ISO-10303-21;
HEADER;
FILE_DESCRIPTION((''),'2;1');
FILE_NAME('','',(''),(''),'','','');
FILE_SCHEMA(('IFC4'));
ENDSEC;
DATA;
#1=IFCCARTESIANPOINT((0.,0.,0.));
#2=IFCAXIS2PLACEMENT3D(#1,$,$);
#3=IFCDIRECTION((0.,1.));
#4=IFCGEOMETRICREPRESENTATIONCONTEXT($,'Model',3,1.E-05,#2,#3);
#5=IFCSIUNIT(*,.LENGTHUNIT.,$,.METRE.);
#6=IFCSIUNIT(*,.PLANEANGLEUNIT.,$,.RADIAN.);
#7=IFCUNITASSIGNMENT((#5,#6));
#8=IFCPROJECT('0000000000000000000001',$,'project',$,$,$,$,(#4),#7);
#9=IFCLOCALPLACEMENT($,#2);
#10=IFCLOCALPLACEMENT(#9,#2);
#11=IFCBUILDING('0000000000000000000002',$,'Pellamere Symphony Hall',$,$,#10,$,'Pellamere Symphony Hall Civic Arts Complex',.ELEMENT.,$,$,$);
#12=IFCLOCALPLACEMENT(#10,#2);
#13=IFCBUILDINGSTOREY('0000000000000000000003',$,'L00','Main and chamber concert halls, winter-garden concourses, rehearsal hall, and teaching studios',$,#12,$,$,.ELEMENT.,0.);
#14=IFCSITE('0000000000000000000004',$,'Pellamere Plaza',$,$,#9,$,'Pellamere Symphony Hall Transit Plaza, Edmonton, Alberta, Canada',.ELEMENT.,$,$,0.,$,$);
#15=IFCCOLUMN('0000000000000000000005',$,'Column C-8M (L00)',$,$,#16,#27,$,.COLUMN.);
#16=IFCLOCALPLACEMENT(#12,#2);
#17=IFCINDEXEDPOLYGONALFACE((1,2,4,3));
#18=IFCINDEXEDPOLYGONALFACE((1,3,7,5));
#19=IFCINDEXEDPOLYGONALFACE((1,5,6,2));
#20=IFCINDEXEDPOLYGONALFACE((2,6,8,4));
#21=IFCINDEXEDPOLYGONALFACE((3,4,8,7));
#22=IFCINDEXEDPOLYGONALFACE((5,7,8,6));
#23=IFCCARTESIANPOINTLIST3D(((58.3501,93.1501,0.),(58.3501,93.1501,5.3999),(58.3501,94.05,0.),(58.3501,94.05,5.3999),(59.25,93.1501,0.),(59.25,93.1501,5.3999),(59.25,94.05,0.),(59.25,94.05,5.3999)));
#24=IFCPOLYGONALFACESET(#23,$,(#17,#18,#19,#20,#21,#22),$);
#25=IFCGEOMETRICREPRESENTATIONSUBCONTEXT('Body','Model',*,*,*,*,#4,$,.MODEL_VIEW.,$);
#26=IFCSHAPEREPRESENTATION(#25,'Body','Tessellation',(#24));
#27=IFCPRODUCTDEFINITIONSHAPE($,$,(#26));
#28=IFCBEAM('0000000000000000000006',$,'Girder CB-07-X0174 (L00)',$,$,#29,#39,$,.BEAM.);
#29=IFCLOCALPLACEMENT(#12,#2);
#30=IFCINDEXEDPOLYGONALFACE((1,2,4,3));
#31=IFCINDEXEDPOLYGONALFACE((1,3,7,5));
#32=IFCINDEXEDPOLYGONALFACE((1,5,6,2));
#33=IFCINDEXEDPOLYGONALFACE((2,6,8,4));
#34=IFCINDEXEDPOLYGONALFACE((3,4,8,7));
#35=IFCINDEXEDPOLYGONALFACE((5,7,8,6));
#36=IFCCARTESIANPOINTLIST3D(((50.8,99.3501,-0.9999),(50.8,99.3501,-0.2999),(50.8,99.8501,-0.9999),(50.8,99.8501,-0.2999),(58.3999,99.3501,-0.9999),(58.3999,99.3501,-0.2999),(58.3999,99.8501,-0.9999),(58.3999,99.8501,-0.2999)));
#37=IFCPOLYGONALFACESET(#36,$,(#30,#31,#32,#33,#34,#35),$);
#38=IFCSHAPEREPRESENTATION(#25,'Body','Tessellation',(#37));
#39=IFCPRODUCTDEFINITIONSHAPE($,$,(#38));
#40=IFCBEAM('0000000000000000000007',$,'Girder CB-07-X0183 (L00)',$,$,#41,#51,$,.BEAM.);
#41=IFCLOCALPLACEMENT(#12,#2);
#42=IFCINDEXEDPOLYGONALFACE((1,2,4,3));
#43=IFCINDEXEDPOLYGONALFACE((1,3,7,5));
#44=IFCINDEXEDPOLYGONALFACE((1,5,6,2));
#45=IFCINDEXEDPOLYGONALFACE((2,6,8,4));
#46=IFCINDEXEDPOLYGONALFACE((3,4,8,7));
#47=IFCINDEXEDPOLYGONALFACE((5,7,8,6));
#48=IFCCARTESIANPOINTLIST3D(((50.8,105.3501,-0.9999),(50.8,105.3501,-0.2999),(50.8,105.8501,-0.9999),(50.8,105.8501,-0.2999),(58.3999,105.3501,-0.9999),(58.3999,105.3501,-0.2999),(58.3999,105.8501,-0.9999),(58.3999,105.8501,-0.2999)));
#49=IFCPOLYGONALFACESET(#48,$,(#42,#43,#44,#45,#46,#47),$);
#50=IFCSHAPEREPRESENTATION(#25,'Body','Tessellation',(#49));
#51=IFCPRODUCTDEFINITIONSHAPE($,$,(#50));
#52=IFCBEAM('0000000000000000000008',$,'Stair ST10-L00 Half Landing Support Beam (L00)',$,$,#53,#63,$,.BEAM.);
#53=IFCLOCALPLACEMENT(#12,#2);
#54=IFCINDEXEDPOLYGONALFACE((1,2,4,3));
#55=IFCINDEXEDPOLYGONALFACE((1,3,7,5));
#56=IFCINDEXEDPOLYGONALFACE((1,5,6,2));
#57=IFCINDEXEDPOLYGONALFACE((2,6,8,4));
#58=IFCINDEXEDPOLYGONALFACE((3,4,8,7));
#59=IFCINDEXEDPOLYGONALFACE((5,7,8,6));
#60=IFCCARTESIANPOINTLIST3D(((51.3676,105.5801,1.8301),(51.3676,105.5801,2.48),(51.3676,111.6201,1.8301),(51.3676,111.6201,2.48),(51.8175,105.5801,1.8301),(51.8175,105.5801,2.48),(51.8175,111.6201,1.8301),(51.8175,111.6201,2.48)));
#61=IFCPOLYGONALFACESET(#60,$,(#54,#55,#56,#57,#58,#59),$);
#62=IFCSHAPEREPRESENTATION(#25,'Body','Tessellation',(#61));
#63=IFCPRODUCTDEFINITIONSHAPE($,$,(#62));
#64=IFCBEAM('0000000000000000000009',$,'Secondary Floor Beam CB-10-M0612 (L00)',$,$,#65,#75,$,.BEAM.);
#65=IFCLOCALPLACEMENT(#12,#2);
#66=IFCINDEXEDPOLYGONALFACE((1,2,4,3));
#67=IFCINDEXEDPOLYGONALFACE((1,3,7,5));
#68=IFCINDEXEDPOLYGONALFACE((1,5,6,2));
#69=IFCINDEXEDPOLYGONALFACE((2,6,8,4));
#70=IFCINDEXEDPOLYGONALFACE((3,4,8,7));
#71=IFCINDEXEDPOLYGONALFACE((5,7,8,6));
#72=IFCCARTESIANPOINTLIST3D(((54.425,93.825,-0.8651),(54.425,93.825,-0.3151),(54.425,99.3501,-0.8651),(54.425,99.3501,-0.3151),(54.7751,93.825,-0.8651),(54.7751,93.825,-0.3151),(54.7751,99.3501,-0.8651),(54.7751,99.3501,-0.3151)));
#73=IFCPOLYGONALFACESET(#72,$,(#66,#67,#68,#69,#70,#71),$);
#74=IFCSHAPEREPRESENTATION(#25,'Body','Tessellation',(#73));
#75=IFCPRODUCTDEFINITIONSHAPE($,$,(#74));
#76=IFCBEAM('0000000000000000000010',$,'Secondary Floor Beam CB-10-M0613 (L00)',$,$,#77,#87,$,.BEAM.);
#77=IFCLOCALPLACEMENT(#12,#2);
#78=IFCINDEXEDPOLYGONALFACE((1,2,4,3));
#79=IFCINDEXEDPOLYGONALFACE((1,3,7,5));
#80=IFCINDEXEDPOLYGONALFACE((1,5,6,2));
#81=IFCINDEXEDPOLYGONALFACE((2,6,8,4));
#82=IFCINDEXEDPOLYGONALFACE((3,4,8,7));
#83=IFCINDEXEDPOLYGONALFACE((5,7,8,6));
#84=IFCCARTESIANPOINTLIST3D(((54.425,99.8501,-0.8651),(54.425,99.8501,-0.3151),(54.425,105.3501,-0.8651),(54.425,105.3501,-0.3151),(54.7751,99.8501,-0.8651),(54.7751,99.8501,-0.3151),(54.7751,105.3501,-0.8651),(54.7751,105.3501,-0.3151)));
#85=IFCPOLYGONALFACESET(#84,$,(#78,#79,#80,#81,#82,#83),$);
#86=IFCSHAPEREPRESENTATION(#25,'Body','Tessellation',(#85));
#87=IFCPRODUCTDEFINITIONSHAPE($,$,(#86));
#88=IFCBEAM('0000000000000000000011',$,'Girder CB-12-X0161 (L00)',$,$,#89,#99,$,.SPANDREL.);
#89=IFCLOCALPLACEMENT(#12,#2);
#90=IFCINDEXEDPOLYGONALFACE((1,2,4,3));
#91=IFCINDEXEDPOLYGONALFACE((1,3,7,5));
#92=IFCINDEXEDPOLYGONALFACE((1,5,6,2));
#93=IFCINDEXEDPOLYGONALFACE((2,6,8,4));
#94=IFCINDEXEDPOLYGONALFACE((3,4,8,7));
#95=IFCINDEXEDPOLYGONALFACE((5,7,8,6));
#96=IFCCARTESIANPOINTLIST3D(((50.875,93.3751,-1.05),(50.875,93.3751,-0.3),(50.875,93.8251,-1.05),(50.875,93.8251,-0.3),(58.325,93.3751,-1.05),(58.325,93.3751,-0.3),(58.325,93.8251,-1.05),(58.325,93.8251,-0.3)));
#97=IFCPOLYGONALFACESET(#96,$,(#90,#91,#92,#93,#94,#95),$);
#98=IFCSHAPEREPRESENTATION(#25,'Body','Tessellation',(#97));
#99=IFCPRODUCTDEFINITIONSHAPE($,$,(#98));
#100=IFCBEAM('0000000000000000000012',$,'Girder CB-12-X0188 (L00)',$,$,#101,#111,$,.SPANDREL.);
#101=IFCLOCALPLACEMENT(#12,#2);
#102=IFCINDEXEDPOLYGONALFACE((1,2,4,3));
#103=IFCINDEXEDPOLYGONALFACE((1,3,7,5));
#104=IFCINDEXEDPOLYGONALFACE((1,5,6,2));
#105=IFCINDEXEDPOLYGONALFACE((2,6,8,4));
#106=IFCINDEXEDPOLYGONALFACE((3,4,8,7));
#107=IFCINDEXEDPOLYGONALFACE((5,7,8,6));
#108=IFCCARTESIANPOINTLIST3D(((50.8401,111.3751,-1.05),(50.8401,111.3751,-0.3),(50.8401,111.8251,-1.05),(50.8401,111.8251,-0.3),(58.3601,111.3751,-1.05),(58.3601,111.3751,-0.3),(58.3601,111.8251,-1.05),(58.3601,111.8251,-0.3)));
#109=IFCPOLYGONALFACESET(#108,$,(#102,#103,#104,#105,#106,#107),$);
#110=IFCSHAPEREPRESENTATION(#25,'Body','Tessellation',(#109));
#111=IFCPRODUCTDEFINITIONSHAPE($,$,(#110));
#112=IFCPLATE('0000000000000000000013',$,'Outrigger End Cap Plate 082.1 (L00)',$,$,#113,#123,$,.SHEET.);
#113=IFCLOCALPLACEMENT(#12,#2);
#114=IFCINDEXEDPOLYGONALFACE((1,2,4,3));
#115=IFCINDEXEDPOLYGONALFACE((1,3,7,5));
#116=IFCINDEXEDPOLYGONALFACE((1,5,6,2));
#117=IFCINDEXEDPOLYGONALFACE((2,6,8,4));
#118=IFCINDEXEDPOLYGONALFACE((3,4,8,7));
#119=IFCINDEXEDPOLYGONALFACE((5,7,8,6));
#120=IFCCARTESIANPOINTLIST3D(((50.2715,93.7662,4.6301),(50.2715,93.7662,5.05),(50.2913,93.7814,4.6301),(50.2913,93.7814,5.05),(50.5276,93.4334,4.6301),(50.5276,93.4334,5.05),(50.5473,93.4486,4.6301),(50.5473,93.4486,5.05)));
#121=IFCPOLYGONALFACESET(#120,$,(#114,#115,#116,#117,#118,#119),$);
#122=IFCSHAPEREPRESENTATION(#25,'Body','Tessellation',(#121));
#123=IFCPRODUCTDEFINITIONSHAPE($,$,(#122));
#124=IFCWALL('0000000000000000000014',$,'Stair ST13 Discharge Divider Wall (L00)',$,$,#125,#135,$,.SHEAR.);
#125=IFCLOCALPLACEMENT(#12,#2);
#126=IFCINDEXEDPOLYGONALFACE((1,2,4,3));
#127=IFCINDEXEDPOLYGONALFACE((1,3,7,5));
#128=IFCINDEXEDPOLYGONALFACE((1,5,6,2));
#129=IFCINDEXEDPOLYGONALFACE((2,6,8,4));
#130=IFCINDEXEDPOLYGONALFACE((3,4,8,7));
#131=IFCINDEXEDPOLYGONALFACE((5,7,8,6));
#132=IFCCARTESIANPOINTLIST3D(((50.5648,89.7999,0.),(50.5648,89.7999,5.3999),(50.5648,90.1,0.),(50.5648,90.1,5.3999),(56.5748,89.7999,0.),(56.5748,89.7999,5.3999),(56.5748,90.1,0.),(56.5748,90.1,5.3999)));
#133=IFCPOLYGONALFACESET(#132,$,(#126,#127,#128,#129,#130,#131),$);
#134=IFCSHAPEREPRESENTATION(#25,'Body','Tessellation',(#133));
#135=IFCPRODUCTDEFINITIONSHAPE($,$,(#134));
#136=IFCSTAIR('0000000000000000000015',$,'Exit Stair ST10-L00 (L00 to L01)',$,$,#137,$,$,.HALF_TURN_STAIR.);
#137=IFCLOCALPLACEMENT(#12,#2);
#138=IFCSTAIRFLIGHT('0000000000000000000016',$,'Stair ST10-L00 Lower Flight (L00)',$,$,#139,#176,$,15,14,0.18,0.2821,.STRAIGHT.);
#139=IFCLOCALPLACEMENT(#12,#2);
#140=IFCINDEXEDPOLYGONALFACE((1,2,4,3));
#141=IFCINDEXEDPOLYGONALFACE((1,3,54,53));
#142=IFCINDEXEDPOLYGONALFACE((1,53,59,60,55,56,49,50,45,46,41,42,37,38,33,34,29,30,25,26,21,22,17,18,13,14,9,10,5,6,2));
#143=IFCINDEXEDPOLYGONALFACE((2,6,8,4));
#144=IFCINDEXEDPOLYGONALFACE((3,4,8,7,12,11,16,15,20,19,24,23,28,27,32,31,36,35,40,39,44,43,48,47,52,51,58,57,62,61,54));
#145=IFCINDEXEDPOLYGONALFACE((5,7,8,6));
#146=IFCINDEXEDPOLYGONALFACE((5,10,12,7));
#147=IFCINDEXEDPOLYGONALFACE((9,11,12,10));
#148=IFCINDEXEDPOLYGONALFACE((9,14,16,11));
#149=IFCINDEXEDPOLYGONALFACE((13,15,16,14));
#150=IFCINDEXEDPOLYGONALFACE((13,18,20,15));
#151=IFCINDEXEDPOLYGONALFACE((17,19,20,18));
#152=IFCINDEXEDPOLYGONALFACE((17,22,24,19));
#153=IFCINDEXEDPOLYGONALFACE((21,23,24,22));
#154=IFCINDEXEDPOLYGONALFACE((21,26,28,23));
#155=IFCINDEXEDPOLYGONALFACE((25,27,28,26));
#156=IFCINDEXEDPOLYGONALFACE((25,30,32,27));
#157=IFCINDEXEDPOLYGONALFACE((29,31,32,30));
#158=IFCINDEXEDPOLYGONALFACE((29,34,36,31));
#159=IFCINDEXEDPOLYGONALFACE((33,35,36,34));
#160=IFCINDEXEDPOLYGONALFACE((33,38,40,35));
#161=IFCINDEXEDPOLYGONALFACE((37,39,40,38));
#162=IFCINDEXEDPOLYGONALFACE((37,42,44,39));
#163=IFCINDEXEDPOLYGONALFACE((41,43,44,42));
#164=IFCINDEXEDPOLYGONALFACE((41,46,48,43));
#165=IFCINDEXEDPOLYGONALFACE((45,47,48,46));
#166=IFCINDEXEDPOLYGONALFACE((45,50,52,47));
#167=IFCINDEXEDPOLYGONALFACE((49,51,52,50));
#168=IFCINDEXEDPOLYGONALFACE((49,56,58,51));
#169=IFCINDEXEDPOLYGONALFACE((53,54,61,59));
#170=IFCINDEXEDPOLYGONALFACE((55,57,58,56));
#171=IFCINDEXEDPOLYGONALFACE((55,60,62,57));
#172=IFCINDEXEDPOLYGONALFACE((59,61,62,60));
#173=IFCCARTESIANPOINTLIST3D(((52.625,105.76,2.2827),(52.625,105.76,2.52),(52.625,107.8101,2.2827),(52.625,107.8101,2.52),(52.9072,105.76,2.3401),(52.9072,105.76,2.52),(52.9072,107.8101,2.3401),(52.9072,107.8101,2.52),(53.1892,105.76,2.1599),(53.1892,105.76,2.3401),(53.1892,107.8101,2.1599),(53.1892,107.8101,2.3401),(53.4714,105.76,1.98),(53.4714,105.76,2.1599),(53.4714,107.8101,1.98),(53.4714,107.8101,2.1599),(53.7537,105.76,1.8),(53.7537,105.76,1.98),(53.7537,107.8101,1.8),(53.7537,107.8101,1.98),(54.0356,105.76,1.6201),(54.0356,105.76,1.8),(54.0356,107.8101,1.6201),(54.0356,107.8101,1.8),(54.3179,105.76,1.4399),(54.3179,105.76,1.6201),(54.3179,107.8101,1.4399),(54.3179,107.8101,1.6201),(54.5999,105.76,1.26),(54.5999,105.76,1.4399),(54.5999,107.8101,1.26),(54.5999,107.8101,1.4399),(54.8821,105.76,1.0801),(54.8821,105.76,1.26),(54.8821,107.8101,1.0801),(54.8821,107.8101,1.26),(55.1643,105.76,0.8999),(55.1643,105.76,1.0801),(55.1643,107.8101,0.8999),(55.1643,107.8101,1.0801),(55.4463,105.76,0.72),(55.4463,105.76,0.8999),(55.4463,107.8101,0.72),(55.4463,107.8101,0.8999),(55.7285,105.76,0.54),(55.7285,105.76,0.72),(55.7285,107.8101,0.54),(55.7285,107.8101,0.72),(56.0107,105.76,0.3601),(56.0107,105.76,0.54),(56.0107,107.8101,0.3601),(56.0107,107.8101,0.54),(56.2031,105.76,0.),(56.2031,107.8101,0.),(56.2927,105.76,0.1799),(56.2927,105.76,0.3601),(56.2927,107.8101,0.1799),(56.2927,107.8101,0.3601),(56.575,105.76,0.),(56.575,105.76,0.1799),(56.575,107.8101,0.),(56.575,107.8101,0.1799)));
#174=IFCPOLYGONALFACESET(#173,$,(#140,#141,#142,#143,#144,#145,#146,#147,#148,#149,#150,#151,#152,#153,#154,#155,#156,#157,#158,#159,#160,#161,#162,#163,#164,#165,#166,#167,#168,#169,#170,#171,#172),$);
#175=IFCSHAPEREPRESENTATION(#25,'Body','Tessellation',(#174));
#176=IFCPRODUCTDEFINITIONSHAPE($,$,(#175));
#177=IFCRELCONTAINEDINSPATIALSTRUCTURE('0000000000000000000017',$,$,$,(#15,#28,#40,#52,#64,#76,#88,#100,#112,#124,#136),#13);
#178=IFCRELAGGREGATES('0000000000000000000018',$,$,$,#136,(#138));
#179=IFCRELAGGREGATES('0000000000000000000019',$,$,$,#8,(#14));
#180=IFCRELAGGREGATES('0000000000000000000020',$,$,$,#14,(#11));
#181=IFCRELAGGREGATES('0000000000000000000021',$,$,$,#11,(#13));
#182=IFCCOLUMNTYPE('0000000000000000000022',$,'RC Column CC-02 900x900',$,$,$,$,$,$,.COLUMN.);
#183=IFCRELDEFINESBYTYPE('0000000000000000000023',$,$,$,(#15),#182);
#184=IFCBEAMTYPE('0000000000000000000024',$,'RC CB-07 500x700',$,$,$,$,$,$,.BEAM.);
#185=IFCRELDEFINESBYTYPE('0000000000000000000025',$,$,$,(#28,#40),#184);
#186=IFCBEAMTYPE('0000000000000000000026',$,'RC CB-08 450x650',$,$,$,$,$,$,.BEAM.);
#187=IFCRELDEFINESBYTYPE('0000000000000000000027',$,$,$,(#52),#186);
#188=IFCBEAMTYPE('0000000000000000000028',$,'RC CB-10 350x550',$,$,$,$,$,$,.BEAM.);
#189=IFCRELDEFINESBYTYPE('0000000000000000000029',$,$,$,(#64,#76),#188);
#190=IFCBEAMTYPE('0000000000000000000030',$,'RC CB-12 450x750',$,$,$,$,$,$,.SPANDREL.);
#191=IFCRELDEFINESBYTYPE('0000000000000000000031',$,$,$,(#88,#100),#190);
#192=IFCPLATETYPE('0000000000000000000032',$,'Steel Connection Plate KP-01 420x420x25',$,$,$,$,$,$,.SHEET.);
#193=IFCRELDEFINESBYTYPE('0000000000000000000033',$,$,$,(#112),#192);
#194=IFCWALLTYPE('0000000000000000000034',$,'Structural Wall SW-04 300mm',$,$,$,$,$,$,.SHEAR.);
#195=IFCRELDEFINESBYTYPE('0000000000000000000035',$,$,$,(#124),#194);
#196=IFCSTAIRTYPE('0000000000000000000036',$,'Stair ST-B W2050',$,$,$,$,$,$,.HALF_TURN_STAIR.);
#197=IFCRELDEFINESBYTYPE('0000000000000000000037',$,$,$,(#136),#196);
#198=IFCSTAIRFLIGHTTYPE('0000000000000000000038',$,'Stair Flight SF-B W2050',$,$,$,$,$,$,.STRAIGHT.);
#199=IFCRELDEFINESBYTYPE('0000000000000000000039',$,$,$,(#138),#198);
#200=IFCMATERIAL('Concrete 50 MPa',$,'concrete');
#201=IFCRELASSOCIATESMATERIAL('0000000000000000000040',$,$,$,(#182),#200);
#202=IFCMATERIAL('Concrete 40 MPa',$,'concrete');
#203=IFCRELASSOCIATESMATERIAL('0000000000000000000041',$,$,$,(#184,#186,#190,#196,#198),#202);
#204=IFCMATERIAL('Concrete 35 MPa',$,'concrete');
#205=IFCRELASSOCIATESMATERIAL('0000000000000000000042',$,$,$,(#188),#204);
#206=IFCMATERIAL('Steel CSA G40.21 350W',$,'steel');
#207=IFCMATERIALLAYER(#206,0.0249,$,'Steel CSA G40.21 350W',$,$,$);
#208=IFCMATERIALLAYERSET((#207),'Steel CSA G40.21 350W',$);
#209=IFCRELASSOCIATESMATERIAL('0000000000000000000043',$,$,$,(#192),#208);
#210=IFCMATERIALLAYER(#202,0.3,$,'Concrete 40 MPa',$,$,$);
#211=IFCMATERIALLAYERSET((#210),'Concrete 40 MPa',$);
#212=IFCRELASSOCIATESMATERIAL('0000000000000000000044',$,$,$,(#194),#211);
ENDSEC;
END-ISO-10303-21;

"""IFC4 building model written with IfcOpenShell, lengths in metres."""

from ifc_helpers import new_model, si_unit, direction, frame, frame_2d, origin, origin_2d, place, context, subcontext, project, spatial, polyline, rectangle, outline, extrude, material, layer, layer_set, material_profile, profile_set, type_object, element, aggregate, save


model = new_model("IFC4")

# Units and contexts
model_context = context("Model", 3, precision=1e-05, world=origin(), true_north=direction((0.0, 1.0)))
body_context = subcontext(model_context, "Body", "Model", "MODEL_VIEW")
ifc_project = project(units=[si_unit("LENGTHUNIT", "METRE"), si_unit("PLANEANGLEUNIT", "RADIAN")], contexts=[model_context])

# Site, building, storey
site_placement = place(None, origin())
site = spatial("IfcSite", under=ifc_project, at=site_placement, Name="Pellamere Plaza", LongName="Pellamere Symphony Hall Transit Plaza, Edmonton, Alberta, Canada", CompositionType="ELEMENT", RefElevation=0.0)
building_placement = place(site_placement, origin())
building = spatial("IfcBuilding", under=site, at=building_placement, Name="Pellamere Symphony Hall", LongName="Pellamere Symphony Hall Civic Arts Complex", CompositionType="ELEMENT")
storey_placement = place(building_placement, origin())
storey = spatial("IfcBuildingStorey", under=building, at=storey_placement, Name="L00", Description="Main and chamber concert halls, winter-garden concourses, rehearsal hall, and teaching studios", CompositionType="ELEMENT", Elevation=0.0)

# Column
ifc_material_1 = material(Name="Concrete 50 MPa", Category="concrete")
ifc_material_profile_1 = material_profile(ifc_material_1, rectangle(XDim=0.8999, YDim=0.8999, at=origin_2d()), Name="RC 900x900")
ifc_profile_set_1 = profile_set([ifc_material_profile_1], Name="Concrete 50 MPa")
column_type = type_object("IfcColumnType", Name="RC Column CC-02 900x900", PredefinedType="COLUMN", material=ifc_profile_set_1)
column_placement = place(storey_placement, frame((58.8, 93.6001, 0.0), z_axis=(0.0, 0.0, 1.0), x_axis=(1.0, 0.0, 0.0)))
element("IfcColumn", 1, at=column_placement, inside=storey, type_object=column_type, Name="Column C-8M (L00)", PredefinedType="COLUMN", context=body_context, shape_type="SweptSolid", body=[
    extrude(rectangle(XDim=0.8999, YDim=0.8999, at=origin_2d()), origin(), (0.0, 0.0, 1.0), 5.3999),
])

# Beams
ifc_material_2 = material(Name="Concrete 40 MPa", Category="concrete")
ifc_material_profile_2 = material_profile(ifc_material_2, rectangle(XDim=0.5, YDim=0.7, at=origin_2d()), Name="RC 500x700")
ifc_profile_set_2 = profile_set([ifc_material_profile_2], Name="Concrete 40 MPa")
beam_type_1 = type_object("IfcBeamType", Name="RC CB-07 500x700", PredefinedType="BEAM", material=ifc_profile_set_2)
for number, where, z_axis, x_axis, name in (
    (2, (50.8, 99.6001, -0.6499), (1.0, 0.0, 0.0), (0.0, 1.0, 0.0), "Girder CB-07-X0174 (L00)"),
    (3, (50.8, 105.6001, -0.6499), (1.0, 0.0, 0.0), (0.0, 1.0, 0.0), "Girder CB-07-X0183 (L00)"),
):
    element("IfcBeam", number, at=place(storey_placement, frame(where, z_axis=z_axis, x_axis=x_axis)), inside=storey, type_object=beam_type_1, Name=name, PredefinedType="BEAM", context=body_context, shape_type="SweptSolid", body=[
        extrude(rectangle(XDim=0.5, YDim=0.7, at=origin_2d()), origin(), (0.0, 0.0, 1.0), 7.5999),
    ])
ifc_material_profile_3 = material_profile(ifc_material_2, rectangle(XDim=0.45, YDim=0.6499, at=origin_2d()), Name="RC 450x650")
ifc_profile_set_3 = profile_set([ifc_material_profile_3], Name="Concrete 40 MPa")
beam_type_2 = type_object("IfcBeamType", Name="RC CB-08 450x650", PredefinedType="BEAM", material=ifc_profile_set_3)
beam_1_placement = place(storey_placement, frame((51.5925, 105.5801, 2.155), z_axis=(0.0, 1.0, 0.0), x_axis=(-1.0, 0.0, 0.0)))
element("IfcBeam", 4, at=beam_1_placement, inside=storey, type_object=beam_type_2, Name="Stair ST10-L00 Half Landing Support Beam (L00)", PredefinedType="BEAM", context=body_context, shape_type="SweptSolid", body=[
    extrude(rectangle(XDim=0.45, YDim=0.6499, at=origin_2d()), origin(), (0.0, 0.0, 1.0), 6.04),
])
ifc_material_3 = material(Name="Concrete 35 MPa", Category="concrete")
ifc_material_profile_4 = material_profile(ifc_material_3, rectangle(XDim=0.3501, YDim=0.55, at=origin_2d()), Name="RC 350x550")
ifc_profile_set_4 = profile_set([ifc_material_profile_4], Name="Concrete 35 MPa")
beam_type_3 = type_object("IfcBeamType", Name="RC CB-10 350x550", PredefinedType="BEAM", material=ifc_profile_set_4)
beam_2_placement = place(storey_placement, frame((54.6001, 93.825, -0.5901), z_axis=(0.0, 1.0, 0.0), x_axis=(-1.0, 0.0, 0.0)))
element("IfcBeam", 5, at=beam_2_placement, inside=storey, type_object=beam_type_3, Name="Secondary Floor Beam CB-10-M0612 (L00)", PredefinedType="BEAM", context=body_context, shape_type="SweptSolid", body=[
    extrude(rectangle(XDim=0.3501, YDim=0.55, at=origin_2d()), origin(), (0.0, 0.0, 1.0), 5.5251),
])
beam_3_placement = place(storey_placement, frame((54.6001, 99.8501, -0.5901), z_axis=(0.0, 1.0, 0.0), x_axis=(-1.0, 0.0, 0.0)))
element("IfcBeam", 6, at=beam_3_placement, inside=storey, type_object=beam_type_3, Name="Secondary Floor Beam CB-10-M0613 (L00)", PredefinedType="BEAM", context=body_context, shape_type="SweptSolid", body=[
    extrude(rectangle(XDim=0.3501, YDim=0.55, at=origin_2d()), origin(), (0.0, 0.0, 1.0), 5.5),
])
ifc_material_profile_5 = material_profile(ifc_material_2, rectangle(XDim=0.45, YDim=0.75, at=origin_2d()), Name="RC 450x750")
ifc_profile_set_5 = profile_set([ifc_material_profile_5], Name="Concrete 40 MPa")
beam_type_4 = type_object("IfcBeamType", Name="RC CB-12 450x750", PredefinedType="SPANDREL", material=ifc_profile_set_5)
beam_4_placement = place(storey_placement, frame((50.875, 93.6001, -0.675), z_axis=(1.0, 0.0, 0.0), x_axis=(0.0, 1.0, 0.0)))
element("IfcBeam", 7, at=beam_4_placement, inside=storey, type_object=beam_type_4, Name="Girder CB-12-X0161 (L00)", PredefinedType="SPANDREL", context=body_context, shape_type="SweptSolid", body=[
    extrude(rectangle(XDim=0.45, YDim=0.75, at=origin_2d()), origin(), (0.0, 0.0, 1.0), 7.45),
])
beam_5_placement = place(storey_placement, frame((50.8401, 111.6001, -0.675), z_axis=(1.0, 0.0, 0.0), x_axis=(0.0, 1.0, 0.0)))
element("IfcBeam", 8, at=beam_5_placement, inside=storey, type_object=beam_type_4, Name="Girder CB-12-X0188 (L00)", PredefinedType="SPANDREL", context=body_context, shape_type="SweptSolid", body=[
    extrude(rectangle(XDim=0.45, YDim=0.75, at=origin_2d()), origin(), (0.0, 0.0, 1.0), 7.52),
])

# Plate
ifc_material_4 = material(Name="Steel CSA G40.21 350W", Category="steel")
ifc_layer_1 = layer(ifc_material_4, 0.0249, Name="Steel CSA G40.21 350W")
ifc_layer_set_1 = layer_set([ifc_layer_1], Name="Steel CSA G40.21 350W")
plate_type = type_object("IfcPlateType", Name="Steel Connection Plate KP-01 420x420x25", PredefinedType="SHEET", material=ifc_layer_set_1)
plate_placement = place(storey_placement, frame((50.4094, 93.6074, 4.6301), z_axis=(0.0, 0.0, 1.0), x_axis=(-0.792609, -0.60973, 0.0)))
element("IfcPlate", 9, at=plate_placement, inside=storey, type_object=plate_type, Name="Outrigger End Cap Plate 082.1 (L00)", PredefinedType="SHEET", context=body_context, shape_type="SweptSolid", body=[
    extrude(rectangle(XDim=0.0249, YDim=0.4199, at=origin_2d()), origin(), (0.0, 0.0, 1.0), 0.4199),
])

# Wall
ifc_layer_2 = layer(ifc_material_2, 0.3, Name="Concrete 40 MPa")
ifc_layer_set_2 = layer_set([ifc_layer_2], Name="Concrete 40 MPa")
wall_type = type_object("IfcWallType", Name="Structural Wall SW-04 300mm", PredefinedType="SHEAR", material=ifc_layer_set_2)
wall_placement = place(storey_placement, frame((50.5649, 89.95, 0.0), z_axis=(0.0, 0.0, 1.0), x_axis=(1.0, 0.0, 0.0)))
element("IfcWall", 10, at=wall_placement, inside=storey, type_object=wall_type, Name="Stair ST13 Discharge Divider Wall (L00)", PredefinedType="SHEAR", context=body_context, shape_type="SweptSolid", body=[
    extrude(rectangle(XDim=6.01, YDim=0.3, at=frame_2d((3.0049, 0.0))), origin(), (0.0, 0.0, 1.0), 5.3999),
])

# Stair, stair flight
stair_type = type_object("IfcStairType", Name="Stair ST-B W2050", PredefinedType="HALF_TURN_STAIR", material=ifc_material_2)
stair_1_placement = place(storey_placement, origin())
stair_1 = element("IfcStair", 11, at=stair_1_placement, inside=storey, type_object=stair_type, Name="Exit Stair ST10-L00 (L00 to L01)", PredefinedType="HALF_TURN_STAIR")
stair_flight_type = type_object("IfcStairFlightType", Name="Stair Flight SF-B W2050", PredefinedType="STRAIGHT", material=ifc_material_2)
stair_flight_1_placement = place(storey_placement, frame((56.575, 106.7849, 0.0), z_axis=(0.0, 0.0, 1.0), x_axis=(-1.0, 0.0, 0.0)))
stair_flight_1 = element("IfcStairFlight", 12, at=stair_flight_1_placement, type_object=stair_flight_type, Name="Stair ST10-L00 Lower Flight (L00)", NumberOfRisers=15, NumberOfTreads=14, PredefinedType="STRAIGHT", RiserHeight=0.18, TreadLength=0.2821, context=body_context, shape_type="SweptSolid", body=[
    extrude(outline(polyline([(0.0, 0.0), (0.0, 0.1799), (0.2822, 0.1799), (0.2822, 0.3601), (0.5642, 0.3601), (0.5642, 0.54), (0.8464, 0.54), (0.8464, 0.72), (1.1287, 0.72), (1.1287, 0.8999), (1.4106, 0.8999), (1.4106, 1.0801), (1.6929, 1.0801), (1.6929, 1.26), (1.9751, 1.26), (1.9751, 1.4399), (2.2571, 1.4399), (2.2571, 1.6201), (2.5393, 1.6201), (2.5393, 1.8), (2.8213, 1.8), (2.8213, 1.98), (3.1035, 1.98), (3.1035, 2.1599), (3.3857, 2.1599), (3.3857, 2.3401), (3.6677, 2.3401), (3.6677, 2.52), (3.95, 2.52), (3.95, 2.7), (3.95, 2.2827), (0.3718, 0.0), (0.0, 0.0)])), frame((0.0, 1.0249, 0.0), z_axis=(0.0, -1.0, 0.0), x_axis=(1.0, 0.0, 0.0)), (0.0, 0.0, 1.0), 2.05),
])
aggregate(stair_1, [stair_flight_1])

save(model, "model.ifc")
